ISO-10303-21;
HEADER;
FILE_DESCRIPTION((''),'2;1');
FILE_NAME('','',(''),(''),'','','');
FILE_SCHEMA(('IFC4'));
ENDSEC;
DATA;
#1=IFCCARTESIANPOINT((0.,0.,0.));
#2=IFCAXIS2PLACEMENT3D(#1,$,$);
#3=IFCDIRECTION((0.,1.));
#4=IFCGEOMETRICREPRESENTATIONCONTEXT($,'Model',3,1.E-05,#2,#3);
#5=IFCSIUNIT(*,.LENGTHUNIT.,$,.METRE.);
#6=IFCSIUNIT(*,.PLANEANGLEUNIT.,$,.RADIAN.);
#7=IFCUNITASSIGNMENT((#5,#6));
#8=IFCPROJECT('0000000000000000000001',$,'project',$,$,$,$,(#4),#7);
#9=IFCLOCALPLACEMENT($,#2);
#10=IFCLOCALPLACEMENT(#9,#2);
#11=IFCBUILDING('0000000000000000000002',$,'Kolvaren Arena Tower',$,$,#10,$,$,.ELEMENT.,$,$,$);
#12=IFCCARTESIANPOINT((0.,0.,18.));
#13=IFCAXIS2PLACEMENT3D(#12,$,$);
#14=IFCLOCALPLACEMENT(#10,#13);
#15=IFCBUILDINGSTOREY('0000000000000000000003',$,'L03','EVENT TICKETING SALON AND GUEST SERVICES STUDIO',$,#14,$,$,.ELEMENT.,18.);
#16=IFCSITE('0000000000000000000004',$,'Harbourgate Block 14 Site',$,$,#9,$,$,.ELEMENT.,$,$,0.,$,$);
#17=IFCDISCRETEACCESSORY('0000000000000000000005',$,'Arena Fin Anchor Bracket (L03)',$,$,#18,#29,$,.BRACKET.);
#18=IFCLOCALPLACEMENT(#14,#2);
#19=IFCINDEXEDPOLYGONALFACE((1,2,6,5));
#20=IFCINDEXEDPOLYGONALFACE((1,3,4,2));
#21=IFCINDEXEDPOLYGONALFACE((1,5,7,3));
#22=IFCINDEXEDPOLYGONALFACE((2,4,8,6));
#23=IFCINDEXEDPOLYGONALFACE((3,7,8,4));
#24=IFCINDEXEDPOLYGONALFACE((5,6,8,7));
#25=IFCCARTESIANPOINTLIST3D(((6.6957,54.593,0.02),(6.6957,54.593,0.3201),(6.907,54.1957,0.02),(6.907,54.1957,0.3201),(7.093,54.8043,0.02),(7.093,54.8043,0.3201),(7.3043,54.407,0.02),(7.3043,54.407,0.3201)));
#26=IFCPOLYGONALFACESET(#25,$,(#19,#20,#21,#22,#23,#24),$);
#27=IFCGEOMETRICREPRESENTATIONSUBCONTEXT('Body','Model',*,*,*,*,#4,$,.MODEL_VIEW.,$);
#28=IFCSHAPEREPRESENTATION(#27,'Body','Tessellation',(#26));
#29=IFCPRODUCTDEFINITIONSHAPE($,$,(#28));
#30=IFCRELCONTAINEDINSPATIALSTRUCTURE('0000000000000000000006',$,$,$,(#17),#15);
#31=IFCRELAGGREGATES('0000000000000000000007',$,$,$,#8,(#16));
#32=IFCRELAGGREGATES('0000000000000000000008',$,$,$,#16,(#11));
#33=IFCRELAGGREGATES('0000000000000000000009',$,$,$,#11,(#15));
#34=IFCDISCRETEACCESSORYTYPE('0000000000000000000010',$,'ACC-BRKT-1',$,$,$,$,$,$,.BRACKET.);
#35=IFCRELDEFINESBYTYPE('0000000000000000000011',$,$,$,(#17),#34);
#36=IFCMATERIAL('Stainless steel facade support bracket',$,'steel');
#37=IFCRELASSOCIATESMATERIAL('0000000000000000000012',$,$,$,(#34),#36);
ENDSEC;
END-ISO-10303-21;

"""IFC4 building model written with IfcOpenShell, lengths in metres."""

from ifc_helpers import new_model, si_unit, direction, frame, origin, origin_2d, place, context, subcontext, project, spatial, rectangle, extrude, material, type_object, element, save


model = new_model("IFC4")

# Units and contexts
model_context = context("Model", 3, precision=1e-05, world=origin(), true_north=direction((0.0, 1.0)))
body_context = subcontext(model_context, "Body", "Model", "MODEL_VIEW")
ifc_project = project(units=[si_unit("LENGTHUNIT", "METRE"), si_unit("PLANEANGLEUNIT", "RADIAN")], contexts=[model_context])

# Site, building, storey
site_placement = place(None, origin())
site = spatial("IfcSite", under=ifc_project, at=site_placement, Name="Harbourgate Block 14 Site", CompositionType="ELEMENT", RefElevation=0.0)
building_placement = place(site_placement, origin())
building = spatial("IfcBuilding", under=site, at=building_placement, Name="Kolvaren Arena Tower", CompositionType="ELEMENT")
storey_placement = place(building_placement, frame((0.0, 0.0, 18.0)))
storey = spatial("IfcBuildingStorey", under=building, at=storey_placement, Name="L03", Description="EVENT TICKETING SALON AND GUEST SERVICES STUDIO", CompositionType="ELEMENT", Elevation=18.0)

# Discrete accessory
ifc_material_1 = material(Name="Stainless steel facade support bracket", Category="steel")
discrete_accessory_type = type_object("IfcDiscreteAccessoryType", Name="ACC-BRKT-1", PredefinedType="BRACKET", material=ifc_material_1)
discrete_accessory_placement = place(storey_placement, frame((7.0, 54.5, 0.02), z_axis=(0.0, 0.0, 1.0), x_axis=(-0.469472, 0.882948, 0.0)))
element("IfcDiscreteAccessory", 1, at=discrete_accessory_placement, inside=storey, type_object=discrete_accessory_type, Name="Arena Fin Anchor Bracket (L03)", PredefinedType="BRACKET", context=body_context, shape_type="SweptSolid", body=[
    extrude(rectangle(XDim=0.45, YDim=0.45, at=origin_2d()), origin(), (0.0, 0.0, 1.0), 0.3),
])

save(model, "model.ifc")
